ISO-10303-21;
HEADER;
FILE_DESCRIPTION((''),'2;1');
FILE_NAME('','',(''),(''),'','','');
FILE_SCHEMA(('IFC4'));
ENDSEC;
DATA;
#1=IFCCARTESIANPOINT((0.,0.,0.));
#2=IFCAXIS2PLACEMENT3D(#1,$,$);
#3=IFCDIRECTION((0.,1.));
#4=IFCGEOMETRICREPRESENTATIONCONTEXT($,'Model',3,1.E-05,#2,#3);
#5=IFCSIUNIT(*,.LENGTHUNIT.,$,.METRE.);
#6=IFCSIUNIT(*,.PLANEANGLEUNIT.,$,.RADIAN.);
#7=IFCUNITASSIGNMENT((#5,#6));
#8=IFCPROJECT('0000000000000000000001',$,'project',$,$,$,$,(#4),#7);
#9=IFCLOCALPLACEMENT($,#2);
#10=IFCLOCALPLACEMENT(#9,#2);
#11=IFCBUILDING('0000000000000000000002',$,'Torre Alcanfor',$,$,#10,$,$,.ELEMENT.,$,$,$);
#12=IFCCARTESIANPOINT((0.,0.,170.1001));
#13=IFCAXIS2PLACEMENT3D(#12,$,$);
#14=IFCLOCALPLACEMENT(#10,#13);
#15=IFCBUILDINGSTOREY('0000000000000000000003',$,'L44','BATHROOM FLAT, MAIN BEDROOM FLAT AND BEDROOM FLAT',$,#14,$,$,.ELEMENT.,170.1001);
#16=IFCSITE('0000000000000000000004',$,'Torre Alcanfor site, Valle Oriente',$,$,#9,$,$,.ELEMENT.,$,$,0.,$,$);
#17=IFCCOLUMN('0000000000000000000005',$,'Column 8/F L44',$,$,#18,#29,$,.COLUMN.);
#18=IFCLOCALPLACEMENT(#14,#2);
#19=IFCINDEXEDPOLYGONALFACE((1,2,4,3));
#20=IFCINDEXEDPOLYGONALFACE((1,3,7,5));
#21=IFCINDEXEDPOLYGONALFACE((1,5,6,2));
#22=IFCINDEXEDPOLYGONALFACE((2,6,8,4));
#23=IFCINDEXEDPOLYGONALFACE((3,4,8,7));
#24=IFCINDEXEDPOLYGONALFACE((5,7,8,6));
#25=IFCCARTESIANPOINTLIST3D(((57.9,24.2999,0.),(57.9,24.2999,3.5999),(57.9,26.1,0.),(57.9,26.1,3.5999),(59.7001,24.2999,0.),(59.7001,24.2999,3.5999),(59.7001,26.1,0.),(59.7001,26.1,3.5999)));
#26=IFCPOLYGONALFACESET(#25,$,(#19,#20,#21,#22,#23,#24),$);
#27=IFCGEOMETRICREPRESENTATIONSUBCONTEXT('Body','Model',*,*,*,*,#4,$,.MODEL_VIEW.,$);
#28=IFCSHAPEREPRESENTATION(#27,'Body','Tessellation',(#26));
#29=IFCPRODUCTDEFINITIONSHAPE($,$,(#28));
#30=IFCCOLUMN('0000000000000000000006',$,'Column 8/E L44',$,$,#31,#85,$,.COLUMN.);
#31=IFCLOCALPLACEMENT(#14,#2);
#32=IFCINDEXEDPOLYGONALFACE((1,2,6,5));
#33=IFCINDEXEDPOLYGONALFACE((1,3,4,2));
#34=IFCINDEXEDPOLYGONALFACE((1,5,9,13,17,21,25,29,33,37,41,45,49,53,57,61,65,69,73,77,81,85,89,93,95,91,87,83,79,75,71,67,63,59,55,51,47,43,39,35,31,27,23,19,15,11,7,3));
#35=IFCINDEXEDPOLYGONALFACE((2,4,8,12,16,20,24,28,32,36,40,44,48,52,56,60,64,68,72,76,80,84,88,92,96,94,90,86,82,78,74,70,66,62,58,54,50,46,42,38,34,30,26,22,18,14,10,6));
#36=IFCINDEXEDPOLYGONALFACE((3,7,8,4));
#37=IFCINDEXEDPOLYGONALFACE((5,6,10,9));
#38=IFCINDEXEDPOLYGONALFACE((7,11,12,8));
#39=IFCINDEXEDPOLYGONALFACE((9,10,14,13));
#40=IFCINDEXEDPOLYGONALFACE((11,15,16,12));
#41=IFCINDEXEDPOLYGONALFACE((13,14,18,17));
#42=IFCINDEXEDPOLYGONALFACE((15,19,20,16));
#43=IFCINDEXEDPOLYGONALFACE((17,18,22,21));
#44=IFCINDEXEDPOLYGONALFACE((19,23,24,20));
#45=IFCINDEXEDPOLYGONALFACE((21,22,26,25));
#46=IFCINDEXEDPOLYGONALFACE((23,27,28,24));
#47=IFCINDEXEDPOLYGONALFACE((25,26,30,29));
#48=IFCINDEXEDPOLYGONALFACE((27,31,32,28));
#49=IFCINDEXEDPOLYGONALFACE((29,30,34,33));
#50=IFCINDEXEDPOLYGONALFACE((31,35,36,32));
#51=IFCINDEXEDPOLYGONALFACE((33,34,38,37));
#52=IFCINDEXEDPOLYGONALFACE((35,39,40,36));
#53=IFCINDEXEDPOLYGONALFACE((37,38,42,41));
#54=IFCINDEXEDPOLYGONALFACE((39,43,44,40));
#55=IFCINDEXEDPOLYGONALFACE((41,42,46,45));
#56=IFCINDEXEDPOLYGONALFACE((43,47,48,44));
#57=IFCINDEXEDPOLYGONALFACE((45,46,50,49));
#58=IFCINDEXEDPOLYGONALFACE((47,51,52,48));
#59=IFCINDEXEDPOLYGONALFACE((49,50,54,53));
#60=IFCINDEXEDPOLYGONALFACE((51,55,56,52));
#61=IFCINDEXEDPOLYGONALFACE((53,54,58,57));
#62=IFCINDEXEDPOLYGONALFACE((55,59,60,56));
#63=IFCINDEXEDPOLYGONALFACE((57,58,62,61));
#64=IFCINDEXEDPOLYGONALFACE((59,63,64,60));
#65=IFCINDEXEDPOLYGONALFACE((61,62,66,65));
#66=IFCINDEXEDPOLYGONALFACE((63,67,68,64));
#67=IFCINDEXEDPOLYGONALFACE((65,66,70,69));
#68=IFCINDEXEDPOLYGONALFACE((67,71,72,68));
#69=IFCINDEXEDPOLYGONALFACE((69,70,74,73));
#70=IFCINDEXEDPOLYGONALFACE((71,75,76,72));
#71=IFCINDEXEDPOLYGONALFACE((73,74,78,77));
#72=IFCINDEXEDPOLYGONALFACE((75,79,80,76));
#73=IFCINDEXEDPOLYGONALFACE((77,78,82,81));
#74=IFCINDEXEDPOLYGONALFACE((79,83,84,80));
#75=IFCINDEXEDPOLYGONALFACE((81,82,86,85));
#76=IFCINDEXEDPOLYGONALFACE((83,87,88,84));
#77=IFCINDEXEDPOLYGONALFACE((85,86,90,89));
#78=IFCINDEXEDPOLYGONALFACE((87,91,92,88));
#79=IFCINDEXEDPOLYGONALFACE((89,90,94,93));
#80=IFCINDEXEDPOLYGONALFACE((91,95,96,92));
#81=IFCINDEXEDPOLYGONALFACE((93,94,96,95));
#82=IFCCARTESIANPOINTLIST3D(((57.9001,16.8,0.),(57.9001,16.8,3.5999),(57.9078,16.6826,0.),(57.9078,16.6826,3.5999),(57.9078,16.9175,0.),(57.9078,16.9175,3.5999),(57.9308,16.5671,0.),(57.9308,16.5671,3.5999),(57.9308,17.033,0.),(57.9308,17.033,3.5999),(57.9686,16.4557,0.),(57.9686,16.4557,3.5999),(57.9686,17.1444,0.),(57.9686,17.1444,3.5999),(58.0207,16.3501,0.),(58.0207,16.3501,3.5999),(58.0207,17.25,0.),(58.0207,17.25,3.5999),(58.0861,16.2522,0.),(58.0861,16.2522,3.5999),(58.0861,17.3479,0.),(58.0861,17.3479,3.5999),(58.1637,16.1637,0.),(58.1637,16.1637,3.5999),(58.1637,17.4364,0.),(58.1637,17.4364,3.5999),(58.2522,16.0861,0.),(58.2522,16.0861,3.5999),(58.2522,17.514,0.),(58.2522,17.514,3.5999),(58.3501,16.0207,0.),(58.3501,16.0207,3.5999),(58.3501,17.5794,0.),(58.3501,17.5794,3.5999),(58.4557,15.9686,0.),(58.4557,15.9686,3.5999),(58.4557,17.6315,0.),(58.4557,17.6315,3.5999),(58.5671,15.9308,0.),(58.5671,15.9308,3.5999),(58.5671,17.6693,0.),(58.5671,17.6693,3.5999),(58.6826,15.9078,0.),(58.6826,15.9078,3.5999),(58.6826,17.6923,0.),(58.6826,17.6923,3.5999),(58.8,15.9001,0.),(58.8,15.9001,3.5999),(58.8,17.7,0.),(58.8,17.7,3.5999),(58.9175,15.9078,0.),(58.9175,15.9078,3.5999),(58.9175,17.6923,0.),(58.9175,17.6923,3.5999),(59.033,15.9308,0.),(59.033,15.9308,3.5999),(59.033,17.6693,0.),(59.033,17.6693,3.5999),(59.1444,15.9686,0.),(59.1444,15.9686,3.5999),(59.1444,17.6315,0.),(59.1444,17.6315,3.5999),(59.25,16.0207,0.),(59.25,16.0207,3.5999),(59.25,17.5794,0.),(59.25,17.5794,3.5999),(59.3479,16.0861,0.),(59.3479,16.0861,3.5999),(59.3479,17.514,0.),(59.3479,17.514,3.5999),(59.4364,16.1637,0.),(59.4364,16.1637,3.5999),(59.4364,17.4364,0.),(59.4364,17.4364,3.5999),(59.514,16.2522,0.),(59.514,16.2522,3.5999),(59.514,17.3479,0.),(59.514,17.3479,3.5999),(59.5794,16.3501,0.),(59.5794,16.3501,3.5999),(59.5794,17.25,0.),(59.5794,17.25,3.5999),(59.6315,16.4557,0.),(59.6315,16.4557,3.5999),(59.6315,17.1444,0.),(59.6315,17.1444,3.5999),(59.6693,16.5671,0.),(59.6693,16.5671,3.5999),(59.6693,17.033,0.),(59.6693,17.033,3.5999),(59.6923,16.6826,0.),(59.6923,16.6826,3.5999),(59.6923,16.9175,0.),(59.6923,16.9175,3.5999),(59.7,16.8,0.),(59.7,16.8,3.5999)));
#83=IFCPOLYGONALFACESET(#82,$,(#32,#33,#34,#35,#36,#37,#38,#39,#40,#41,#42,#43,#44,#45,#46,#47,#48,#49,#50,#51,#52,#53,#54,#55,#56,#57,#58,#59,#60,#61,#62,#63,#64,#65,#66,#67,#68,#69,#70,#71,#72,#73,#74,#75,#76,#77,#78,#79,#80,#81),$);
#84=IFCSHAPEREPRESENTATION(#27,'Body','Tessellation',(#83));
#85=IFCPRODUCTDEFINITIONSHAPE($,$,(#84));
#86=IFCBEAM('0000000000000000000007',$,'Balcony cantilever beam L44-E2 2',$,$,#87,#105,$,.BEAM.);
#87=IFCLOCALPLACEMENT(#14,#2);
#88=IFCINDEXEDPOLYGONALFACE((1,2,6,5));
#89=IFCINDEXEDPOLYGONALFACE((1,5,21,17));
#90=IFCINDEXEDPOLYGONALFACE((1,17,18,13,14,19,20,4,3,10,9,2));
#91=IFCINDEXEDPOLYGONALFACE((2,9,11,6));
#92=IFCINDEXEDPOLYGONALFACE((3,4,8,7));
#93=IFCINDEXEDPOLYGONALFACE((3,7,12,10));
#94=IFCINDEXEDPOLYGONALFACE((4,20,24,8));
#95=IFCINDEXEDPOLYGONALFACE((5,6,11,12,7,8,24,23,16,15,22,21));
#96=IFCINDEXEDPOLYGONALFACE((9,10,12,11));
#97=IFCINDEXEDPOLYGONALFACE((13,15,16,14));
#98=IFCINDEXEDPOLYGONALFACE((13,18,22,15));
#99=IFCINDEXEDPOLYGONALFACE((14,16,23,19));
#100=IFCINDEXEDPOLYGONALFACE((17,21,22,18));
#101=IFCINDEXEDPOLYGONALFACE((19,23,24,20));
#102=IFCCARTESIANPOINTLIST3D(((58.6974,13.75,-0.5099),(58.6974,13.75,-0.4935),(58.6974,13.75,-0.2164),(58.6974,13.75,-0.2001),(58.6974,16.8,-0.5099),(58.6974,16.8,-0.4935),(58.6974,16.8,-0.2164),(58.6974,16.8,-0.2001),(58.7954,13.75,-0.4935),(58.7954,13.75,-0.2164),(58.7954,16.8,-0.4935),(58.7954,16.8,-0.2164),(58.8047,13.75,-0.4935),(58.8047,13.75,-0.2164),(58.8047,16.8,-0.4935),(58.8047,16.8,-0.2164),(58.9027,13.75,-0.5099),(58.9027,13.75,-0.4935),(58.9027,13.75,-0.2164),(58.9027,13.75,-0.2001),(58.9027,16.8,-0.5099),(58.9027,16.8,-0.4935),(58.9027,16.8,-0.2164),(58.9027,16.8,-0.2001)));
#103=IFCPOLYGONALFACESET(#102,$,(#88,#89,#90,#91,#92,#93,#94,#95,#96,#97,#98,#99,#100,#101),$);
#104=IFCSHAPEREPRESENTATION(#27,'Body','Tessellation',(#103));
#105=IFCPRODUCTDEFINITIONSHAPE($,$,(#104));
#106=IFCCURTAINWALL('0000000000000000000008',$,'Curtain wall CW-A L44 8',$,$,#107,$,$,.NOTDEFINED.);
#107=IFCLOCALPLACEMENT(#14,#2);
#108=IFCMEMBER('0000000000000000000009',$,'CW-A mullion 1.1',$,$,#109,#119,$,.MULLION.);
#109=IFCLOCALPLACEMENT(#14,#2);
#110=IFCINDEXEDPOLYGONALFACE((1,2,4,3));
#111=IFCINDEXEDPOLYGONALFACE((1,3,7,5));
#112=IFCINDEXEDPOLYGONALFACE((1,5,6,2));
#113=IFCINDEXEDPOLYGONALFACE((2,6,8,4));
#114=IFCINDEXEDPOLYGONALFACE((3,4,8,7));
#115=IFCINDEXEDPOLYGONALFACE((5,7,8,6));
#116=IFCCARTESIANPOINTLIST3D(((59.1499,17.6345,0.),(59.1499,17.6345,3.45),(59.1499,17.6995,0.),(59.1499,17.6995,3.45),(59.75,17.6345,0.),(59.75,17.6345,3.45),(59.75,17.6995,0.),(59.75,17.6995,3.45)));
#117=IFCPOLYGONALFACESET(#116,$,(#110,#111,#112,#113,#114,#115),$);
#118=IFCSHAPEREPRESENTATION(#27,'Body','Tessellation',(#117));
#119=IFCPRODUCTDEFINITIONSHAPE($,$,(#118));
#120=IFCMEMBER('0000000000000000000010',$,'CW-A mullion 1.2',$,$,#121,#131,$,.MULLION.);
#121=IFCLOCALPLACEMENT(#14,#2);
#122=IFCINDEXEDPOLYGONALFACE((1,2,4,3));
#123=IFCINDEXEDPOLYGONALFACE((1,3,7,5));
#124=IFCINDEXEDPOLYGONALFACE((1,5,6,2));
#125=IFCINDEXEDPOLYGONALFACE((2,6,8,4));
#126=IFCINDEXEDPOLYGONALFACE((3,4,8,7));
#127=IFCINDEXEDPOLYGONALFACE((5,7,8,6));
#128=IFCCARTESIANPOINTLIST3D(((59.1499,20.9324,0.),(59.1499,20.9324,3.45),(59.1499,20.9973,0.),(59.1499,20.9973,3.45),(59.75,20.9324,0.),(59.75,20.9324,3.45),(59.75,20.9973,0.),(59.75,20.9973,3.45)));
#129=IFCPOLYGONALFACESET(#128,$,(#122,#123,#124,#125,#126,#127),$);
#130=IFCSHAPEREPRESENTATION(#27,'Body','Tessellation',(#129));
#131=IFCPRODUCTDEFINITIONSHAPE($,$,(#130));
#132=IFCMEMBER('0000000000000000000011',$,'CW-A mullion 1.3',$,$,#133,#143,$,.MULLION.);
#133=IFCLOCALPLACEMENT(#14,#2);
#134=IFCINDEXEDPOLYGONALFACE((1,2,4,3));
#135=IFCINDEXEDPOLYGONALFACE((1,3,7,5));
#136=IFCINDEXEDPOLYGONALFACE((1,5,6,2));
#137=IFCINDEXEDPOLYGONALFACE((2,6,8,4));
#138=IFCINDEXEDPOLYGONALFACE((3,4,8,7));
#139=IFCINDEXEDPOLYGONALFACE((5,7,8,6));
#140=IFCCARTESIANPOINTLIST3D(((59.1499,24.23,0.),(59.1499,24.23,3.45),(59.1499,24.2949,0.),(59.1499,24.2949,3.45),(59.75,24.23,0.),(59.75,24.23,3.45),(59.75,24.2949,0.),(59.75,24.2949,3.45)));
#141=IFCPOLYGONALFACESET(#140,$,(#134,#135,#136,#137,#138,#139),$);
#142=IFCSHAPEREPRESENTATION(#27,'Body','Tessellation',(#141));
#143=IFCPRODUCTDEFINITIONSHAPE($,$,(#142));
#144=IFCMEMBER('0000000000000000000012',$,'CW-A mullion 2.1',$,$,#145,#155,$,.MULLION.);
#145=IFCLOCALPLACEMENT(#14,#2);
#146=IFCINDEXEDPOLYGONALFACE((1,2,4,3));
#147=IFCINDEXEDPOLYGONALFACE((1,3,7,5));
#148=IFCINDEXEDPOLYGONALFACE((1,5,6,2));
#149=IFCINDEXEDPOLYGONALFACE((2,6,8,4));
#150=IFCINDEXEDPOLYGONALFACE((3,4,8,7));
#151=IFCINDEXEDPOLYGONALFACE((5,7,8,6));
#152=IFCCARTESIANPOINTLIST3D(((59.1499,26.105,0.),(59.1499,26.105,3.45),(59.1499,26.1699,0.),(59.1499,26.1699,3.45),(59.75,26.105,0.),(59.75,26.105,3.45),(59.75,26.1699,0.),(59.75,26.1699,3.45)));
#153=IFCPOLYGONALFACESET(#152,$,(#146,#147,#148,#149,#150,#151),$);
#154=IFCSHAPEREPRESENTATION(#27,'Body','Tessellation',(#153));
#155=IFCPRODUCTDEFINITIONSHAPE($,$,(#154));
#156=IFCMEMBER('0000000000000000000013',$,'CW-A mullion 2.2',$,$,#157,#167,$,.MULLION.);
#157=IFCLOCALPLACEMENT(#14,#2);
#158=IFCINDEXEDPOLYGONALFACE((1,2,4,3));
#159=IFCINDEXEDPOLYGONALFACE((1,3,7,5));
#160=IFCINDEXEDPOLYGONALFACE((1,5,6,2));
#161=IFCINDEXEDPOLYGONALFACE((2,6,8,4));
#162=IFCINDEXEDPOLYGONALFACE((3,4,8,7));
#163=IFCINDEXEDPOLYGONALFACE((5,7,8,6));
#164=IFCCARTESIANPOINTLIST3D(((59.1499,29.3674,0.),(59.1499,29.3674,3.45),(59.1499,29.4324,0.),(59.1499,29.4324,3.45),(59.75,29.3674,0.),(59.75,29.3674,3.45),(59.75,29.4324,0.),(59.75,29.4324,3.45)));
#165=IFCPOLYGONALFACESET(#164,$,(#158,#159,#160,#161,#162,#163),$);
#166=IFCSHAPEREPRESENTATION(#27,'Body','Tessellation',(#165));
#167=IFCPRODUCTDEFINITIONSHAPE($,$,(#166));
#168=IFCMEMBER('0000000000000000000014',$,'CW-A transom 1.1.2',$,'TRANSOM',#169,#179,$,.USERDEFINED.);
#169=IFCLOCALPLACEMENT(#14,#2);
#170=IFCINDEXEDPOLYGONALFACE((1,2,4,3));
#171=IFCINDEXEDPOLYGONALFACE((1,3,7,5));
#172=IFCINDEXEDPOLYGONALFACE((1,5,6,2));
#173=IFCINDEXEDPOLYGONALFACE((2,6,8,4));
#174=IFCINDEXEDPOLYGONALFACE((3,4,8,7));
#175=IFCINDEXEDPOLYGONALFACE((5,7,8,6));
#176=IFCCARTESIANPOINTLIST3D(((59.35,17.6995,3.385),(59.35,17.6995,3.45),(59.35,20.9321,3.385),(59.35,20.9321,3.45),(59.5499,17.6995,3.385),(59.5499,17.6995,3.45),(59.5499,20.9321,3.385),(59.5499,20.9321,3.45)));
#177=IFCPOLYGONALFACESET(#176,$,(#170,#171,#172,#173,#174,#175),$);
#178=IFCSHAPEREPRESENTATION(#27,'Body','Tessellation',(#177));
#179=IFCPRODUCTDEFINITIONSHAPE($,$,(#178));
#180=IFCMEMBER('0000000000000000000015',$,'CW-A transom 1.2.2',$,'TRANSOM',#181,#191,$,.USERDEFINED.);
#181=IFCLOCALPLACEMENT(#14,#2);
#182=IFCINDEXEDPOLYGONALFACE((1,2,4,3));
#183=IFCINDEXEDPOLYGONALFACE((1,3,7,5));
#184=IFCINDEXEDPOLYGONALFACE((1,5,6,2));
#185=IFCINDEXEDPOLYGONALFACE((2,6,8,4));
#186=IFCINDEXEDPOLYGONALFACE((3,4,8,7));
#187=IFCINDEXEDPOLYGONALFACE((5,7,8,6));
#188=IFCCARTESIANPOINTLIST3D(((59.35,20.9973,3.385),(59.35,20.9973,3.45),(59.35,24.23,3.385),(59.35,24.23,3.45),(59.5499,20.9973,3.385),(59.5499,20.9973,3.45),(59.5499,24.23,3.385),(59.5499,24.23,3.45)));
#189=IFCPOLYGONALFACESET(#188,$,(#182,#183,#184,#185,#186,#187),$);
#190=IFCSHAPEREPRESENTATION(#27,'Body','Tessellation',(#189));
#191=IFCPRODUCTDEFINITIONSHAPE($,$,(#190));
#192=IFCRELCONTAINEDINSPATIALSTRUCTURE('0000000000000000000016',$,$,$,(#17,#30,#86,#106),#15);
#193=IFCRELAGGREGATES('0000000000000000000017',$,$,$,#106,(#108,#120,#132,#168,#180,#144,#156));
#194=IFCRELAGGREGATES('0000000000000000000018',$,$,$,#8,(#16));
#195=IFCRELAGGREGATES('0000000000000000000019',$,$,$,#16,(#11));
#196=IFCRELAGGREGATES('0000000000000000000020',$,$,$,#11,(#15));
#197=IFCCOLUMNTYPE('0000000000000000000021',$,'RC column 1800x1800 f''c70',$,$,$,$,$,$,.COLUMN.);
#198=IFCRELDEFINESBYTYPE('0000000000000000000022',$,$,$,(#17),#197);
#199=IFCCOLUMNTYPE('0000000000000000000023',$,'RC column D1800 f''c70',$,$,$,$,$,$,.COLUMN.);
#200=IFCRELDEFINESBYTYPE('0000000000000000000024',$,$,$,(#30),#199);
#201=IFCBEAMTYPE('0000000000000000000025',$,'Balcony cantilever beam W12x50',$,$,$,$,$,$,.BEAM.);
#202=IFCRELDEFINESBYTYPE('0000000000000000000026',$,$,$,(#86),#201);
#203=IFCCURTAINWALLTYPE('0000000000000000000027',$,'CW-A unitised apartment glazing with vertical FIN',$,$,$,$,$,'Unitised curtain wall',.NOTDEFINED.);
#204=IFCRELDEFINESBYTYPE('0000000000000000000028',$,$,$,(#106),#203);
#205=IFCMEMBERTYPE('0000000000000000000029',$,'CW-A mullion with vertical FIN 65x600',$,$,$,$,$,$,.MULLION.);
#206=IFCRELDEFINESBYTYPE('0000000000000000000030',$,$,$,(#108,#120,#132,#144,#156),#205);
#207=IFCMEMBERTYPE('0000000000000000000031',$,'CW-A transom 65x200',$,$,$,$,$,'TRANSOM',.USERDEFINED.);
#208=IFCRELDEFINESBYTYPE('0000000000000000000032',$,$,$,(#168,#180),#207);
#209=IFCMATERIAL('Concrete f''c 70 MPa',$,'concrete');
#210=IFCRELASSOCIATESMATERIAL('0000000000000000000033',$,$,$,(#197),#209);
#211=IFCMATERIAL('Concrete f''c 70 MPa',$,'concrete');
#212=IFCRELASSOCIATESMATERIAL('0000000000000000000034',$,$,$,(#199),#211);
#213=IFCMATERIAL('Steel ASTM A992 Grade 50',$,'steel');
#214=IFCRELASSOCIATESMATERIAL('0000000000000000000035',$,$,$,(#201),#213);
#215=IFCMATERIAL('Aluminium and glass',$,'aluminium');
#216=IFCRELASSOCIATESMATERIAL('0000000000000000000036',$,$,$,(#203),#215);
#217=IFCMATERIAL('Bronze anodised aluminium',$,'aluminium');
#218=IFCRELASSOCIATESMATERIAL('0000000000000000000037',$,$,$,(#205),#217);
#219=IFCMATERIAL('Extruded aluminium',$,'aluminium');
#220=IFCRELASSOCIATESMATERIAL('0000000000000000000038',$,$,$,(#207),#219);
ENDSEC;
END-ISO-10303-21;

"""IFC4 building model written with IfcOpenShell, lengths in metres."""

from ifc_helpers import new_model, si_unit, direction, frame, origin, origin_2d, place, context, subcontext, project, spatial, rectangle, circle, i_section, extrude, material, material_profile, profile_set, type_object, element, aggregate, save


model = new_model("IFC4")

# Units and contexts
model_context = context("Model", 3, precision=1e-05, world=origin(), true_north=direction((0.0, 1.0)))
body_context = subcontext(model_context, "Body", "Model", "MODEL_VIEW")
ifc_project = project(units=[si_unit("LENGTHUNIT", "METRE"), si_unit("PLANEANGLEUNIT", "RADIAN")], contexts=[model_context])

# Site, building, storey
site_placement = place(None, origin())
site = spatial("IfcSite", under=ifc_project, at=site_placement, Name="Torre Alcanfor site, Valle Oriente", CompositionType="ELEMENT", RefElevation=0.0)
building_placement = place(site_placement, origin())
building = spatial("IfcBuilding", under=site, at=building_placement, Name="Torre Alcanfor", CompositionType="ELEMENT")
storey_placement = place(building_placement, frame((0.0, 0.0, 170.1001)))
storey = spatial("IfcBuildingStorey", under=building, at=storey_placement, Name="L44", Description="BATHROOM FLAT, MAIN BEDROOM FLAT AND BEDROOM FLAT", CompositionType="ELEMENT", Elevation=170.1001)

# Columns
ifc_material_1 = material(Name="Concrete f'c 70 MPa", Category="concrete")
ifc_material_profile_1 = material_profile(ifc_material_1, rectangle(XDim=1.8, YDim=1.8, at=origin_2d()), Name="1800x1800")
ifc_profile_set_1 = profile_set([ifc_material_profile_1], Name="Concrete f'c 70 MPa")
column_type_1 = type_object("IfcColumnType", Name="RC column 1800x1800 f'c70", PredefinedType="COLUMN", material=ifc_profile_set_1)
column_1_placement = place(storey_placement, frame((58.8, 25.2, 0.0), z_axis=(0.0, 0.0, 1.0), x_axis=(1.0, 0.0, 0.0)))
element("IfcColumn", 1, at=column_1_placement, inside=storey, type_object=column_type_1, Name="Column 8/F L44", PredefinedType="COLUMN", context=body_context, shape_type="SweptSolid", body=[
    extrude(rectangle(XDim=1.8, YDim=1.8, at=origin_2d()), origin(), (0.0, 0.0, 1.0), 3.5999),
])
ifc_material_2 = material(Name="Concrete f'c 70 MPa", Category="concrete")
ifc_material_profile_2 = material_profile(ifc_material_2, circle(Radius=0.8999, at=origin_2d()), Name="D1800")
ifc_profile_set_2 = profile_set([ifc_material_profile_2], Name="Concrete f'c 70 MPa")
column_type_2 = type_object("IfcColumnType", Name="RC column D1800 f'c70", PredefinedType="COLUMN", material=ifc_profile_set_2)
column_2_placement = place(storey_placement, frame((58.8, 16.8, 0.0), z_axis=(0.0, 0.0, 1.0), x_axis=(1.0, 0.0, 0.0)))
element("IfcColumn", 2, at=column_2_placement, inside=storey, type_object=column_type_2, Name="Column 8/E L44", PredefinedType="COLUMN", context=body_context, shape_type="SweptSolid", body=[
    extrude(circle(Radius=0.8999, at=origin_2d()), origin(), (0.0, 0.0, 1.0), 3.5999),
])

# Beam
ifc_material_3 = material(Name="Steel ASTM A992 Grade 50", Category="steel")
ifc_material_profile_3 = material_profile(ifc_material_3, i_section(OverallWidth=0.2053, OverallDepth=0.3098, WebThickness=0.0093, FlangeThickness=0.0164, at=origin_2d()), Name="W12x50")
ifc_profile_set_3 = profile_set([ifc_material_profile_3], Name="Steel ASTM A992 Grade 50")
beam_type_1 = type_object("IfcBeamType", Name="Balcony cantilever beam W12x50", PredefinedType="BEAM", material=ifc_profile_set_3)
beam_1_placement = place(storey_placement, frame((58.8, 16.8, -0.355), z_axis=(0.0, -1.0, 0.0), x_axis=(1.0, 0.0, 0.0)))
element("IfcBeam", 3, at=beam_1_placement, inside=storey, type_object=beam_type_1, Name="Balcony cantilever beam L44-E2 2", PredefinedType="BEAM", context=body_context, shape_type="SweptSolid", body=[
    extrude(i_section(OverallWidth=0.2053, OverallDepth=0.3098, WebThickness=0.0093, FlangeThickness=0.0164, at=origin_2d()), origin(), (0.0, 0.0, 1.0), 3.05),
])

# Curtain wall, members
ifc_material_4 = material(Name="Aluminium and glass", Category="aluminium")
curtain_wall_type = type_object("IfcCurtainWallType", Name="CW-A unitised apartment glazing with vertical FIN", ElementType="Unitised curtain wall", PredefinedType="NOTDEFINED", material=ifc_material_4)
curtain_wall_placement = place(storey_placement, origin())
curtain_wall = element("IfcCurtainWall", 4, at=curtain_wall_placement, inside=storey, type_object=curtain_wall_type, Name="Curtain wall CW-A L44 8", PredefinedType="NOTDEFINED")
ifc_material_5 = material(Name="Bronze anodised aluminium", Category="aluminium")
ifc_material_profile_4 = material_profile(ifc_material_5, rectangle(XDim=0.6001, YDim=0.0649, at=origin_2d()), Name="CW-A mullion 65x600")
ifc_profile_set_4 = profile_set([ifc_material_profile_4], Name="Bronze anodised aluminium")
member_type_1 = type_object("IfcMemberType", Name="CW-A mullion with vertical FIN 65x600", PredefinedType="MULLION", material=ifc_profile_set_4)
member_1_placement = place(storey_placement, frame((59.45, 17.667, 0.0), z_axis=(0.0, 0.0, 1.0), x_axis=(-1.0, 0.0, 0.0)))
member_1 = element("IfcMember", 5, at=member_1_placement, type_object=member_type_1, Name="CW-A mullion 1.1", PredefinedType="MULLION", context=body_context, shape_type="SweptSolid", body=[
    extrude(rectangle(XDim=0.6001, YDim=0.0649, at=origin_2d()), origin(), (0.0, 0.0, 1.0), 3.45),
])
member_2_placement = place(storey_placement, frame((59.45, 20.9648, 0.0), z_axis=(0.0, 0.0, 1.0), x_axis=(-1.0, 0.0, 0.0)))
member_2 = element("IfcMember", 6, at=member_2_placement, type_object=member_type_1, Name="CW-A mullion 1.2", PredefinedType="MULLION", context=body_context, shape_type="SweptSolid", body=[
    extrude(rectangle(XDim=0.6001, YDim=0.0649, at=origin_2d()), origin(), (0.0, 0.0, 1.0), 3.45),
])
member_3_placement = place(storey_placement, frame((59.45, 24.2625, 0.0), z_axis=(0.0, 0.0, 1.0), x_axis=(-1.0, 0.0, 0.0)))
member_3 = element("IfcMember", 7, at=member_3_placement, type_object=member_type_1, Name="CW-A mullion 1.3", PredefinedType="MULLION", context=body_context, shape_type="SweptSolid", body=[
    extrude(rectangle(XDim=0.6001, YDim=0.0649, at=origin_2d()), origin(), (0.0, 0.0, 1.0), 3.45),
])
member_4_placement = place(storey_placement, frame((59.45, 26.1375, 0.0), z_axis=(0.0, 0.0, 1.0), x_axis=(-1.0, 0.0, 0.0)))
member_4 = element("IfcMember", 8, at=member_4_placement, type_object=member_type_1, Name="CW-A mullion 2.1", PredefinedType="MULLION", context=body_context, shape_type="SweptSolid", body=[
    extrude(rectangle(XDim=0.6001, YDim=0.0649, at=origin_2d()), origin(), (0.0, 0.0, 1.0), 3.45),
])
member_5_placement = place(storey_placement, frame((59.45, 29.3999, 0.0), z_axis=(0.0, 0.0, 1.0), x_axis=(-1.0, 0.0, 0.0)))
member_5 = element("IfcMember", 9, at=member_5_placement, type_object=member_type_1, Name="CW-A mullion 2.2", PredefinedType="MULLION", context=body_context, shape_type="SweptSolid", body=[
    extrude(rectangle(XDim=0.6001, YDim=0.0649, at=origin_2d()), origin(), (0.0, 0.0, 1.0), 3.45),
])
ifc_material_6 = material(Name="Extruded aluminium", Category="aluminium")
ifc_material_profile_5 = material_profile(ifc_material_6, rectangle(XDim=0.2, YDim=0.0649, at=origin_2d()), Name="CW-A transom 200x65")
ifc_profile_set_5 = profile_set([ifc_material_profile_5], Name="Extruded aluminium")
member_type_2 = type_object("IfcMemberType", Name="CW-A transom 65x200", ElementType="TRANSOM", PredefinedType="USERDEFINED", material=ifc_profile_set_5)
member_6_placement = place(storey_placement, frame((59.45, 17.6995, 3.4175), z_axis=(0.0, 1.0, 0.0), x_axis=(-1.0, 0.0, 0.0)))
member_6 = element("IfcMember", 10, at=member_6_placement, type_object=member_type_2, Name="CW-A transom 1.1.2", ObjectType="TRANSOM", PredefinedType="USERDEFINED", context=body_context, shape_type="SweptSolid", body=[
    extrude(rectangle(XDim=0.2, YDim=0.0649, at=origin_2d()), origin(), (0.0, 0.0, 1.0), 3.2327),
])
member_7_placement = place(storey_placement, frame((59.45, 20.9973, 3.4175), z_axis=(0.0, 1.0, 0.0), x_axis=(-1.0, 0.0, 0.0)))
member_7 = element("IfcMember", 11, at=member_7_placement, type_object=member_type_2, Name="CW-A transom 1.2.2", ObjectType="TRANSOM", PredefinedType="USERDEFINED", context=body_context, shape_type="SweptSolid", body=[
    extrude(rectangle(XDim=0.2, YDim=0.0649, at=origin_2d()), origin(), (0.0, 0.0, 1.0), 3.2327),
])

aggregate(curtain_wall, [member_1, member_2, member_3, member_6, member_7, member_4, member_5])

save(model, "model.ifc")
